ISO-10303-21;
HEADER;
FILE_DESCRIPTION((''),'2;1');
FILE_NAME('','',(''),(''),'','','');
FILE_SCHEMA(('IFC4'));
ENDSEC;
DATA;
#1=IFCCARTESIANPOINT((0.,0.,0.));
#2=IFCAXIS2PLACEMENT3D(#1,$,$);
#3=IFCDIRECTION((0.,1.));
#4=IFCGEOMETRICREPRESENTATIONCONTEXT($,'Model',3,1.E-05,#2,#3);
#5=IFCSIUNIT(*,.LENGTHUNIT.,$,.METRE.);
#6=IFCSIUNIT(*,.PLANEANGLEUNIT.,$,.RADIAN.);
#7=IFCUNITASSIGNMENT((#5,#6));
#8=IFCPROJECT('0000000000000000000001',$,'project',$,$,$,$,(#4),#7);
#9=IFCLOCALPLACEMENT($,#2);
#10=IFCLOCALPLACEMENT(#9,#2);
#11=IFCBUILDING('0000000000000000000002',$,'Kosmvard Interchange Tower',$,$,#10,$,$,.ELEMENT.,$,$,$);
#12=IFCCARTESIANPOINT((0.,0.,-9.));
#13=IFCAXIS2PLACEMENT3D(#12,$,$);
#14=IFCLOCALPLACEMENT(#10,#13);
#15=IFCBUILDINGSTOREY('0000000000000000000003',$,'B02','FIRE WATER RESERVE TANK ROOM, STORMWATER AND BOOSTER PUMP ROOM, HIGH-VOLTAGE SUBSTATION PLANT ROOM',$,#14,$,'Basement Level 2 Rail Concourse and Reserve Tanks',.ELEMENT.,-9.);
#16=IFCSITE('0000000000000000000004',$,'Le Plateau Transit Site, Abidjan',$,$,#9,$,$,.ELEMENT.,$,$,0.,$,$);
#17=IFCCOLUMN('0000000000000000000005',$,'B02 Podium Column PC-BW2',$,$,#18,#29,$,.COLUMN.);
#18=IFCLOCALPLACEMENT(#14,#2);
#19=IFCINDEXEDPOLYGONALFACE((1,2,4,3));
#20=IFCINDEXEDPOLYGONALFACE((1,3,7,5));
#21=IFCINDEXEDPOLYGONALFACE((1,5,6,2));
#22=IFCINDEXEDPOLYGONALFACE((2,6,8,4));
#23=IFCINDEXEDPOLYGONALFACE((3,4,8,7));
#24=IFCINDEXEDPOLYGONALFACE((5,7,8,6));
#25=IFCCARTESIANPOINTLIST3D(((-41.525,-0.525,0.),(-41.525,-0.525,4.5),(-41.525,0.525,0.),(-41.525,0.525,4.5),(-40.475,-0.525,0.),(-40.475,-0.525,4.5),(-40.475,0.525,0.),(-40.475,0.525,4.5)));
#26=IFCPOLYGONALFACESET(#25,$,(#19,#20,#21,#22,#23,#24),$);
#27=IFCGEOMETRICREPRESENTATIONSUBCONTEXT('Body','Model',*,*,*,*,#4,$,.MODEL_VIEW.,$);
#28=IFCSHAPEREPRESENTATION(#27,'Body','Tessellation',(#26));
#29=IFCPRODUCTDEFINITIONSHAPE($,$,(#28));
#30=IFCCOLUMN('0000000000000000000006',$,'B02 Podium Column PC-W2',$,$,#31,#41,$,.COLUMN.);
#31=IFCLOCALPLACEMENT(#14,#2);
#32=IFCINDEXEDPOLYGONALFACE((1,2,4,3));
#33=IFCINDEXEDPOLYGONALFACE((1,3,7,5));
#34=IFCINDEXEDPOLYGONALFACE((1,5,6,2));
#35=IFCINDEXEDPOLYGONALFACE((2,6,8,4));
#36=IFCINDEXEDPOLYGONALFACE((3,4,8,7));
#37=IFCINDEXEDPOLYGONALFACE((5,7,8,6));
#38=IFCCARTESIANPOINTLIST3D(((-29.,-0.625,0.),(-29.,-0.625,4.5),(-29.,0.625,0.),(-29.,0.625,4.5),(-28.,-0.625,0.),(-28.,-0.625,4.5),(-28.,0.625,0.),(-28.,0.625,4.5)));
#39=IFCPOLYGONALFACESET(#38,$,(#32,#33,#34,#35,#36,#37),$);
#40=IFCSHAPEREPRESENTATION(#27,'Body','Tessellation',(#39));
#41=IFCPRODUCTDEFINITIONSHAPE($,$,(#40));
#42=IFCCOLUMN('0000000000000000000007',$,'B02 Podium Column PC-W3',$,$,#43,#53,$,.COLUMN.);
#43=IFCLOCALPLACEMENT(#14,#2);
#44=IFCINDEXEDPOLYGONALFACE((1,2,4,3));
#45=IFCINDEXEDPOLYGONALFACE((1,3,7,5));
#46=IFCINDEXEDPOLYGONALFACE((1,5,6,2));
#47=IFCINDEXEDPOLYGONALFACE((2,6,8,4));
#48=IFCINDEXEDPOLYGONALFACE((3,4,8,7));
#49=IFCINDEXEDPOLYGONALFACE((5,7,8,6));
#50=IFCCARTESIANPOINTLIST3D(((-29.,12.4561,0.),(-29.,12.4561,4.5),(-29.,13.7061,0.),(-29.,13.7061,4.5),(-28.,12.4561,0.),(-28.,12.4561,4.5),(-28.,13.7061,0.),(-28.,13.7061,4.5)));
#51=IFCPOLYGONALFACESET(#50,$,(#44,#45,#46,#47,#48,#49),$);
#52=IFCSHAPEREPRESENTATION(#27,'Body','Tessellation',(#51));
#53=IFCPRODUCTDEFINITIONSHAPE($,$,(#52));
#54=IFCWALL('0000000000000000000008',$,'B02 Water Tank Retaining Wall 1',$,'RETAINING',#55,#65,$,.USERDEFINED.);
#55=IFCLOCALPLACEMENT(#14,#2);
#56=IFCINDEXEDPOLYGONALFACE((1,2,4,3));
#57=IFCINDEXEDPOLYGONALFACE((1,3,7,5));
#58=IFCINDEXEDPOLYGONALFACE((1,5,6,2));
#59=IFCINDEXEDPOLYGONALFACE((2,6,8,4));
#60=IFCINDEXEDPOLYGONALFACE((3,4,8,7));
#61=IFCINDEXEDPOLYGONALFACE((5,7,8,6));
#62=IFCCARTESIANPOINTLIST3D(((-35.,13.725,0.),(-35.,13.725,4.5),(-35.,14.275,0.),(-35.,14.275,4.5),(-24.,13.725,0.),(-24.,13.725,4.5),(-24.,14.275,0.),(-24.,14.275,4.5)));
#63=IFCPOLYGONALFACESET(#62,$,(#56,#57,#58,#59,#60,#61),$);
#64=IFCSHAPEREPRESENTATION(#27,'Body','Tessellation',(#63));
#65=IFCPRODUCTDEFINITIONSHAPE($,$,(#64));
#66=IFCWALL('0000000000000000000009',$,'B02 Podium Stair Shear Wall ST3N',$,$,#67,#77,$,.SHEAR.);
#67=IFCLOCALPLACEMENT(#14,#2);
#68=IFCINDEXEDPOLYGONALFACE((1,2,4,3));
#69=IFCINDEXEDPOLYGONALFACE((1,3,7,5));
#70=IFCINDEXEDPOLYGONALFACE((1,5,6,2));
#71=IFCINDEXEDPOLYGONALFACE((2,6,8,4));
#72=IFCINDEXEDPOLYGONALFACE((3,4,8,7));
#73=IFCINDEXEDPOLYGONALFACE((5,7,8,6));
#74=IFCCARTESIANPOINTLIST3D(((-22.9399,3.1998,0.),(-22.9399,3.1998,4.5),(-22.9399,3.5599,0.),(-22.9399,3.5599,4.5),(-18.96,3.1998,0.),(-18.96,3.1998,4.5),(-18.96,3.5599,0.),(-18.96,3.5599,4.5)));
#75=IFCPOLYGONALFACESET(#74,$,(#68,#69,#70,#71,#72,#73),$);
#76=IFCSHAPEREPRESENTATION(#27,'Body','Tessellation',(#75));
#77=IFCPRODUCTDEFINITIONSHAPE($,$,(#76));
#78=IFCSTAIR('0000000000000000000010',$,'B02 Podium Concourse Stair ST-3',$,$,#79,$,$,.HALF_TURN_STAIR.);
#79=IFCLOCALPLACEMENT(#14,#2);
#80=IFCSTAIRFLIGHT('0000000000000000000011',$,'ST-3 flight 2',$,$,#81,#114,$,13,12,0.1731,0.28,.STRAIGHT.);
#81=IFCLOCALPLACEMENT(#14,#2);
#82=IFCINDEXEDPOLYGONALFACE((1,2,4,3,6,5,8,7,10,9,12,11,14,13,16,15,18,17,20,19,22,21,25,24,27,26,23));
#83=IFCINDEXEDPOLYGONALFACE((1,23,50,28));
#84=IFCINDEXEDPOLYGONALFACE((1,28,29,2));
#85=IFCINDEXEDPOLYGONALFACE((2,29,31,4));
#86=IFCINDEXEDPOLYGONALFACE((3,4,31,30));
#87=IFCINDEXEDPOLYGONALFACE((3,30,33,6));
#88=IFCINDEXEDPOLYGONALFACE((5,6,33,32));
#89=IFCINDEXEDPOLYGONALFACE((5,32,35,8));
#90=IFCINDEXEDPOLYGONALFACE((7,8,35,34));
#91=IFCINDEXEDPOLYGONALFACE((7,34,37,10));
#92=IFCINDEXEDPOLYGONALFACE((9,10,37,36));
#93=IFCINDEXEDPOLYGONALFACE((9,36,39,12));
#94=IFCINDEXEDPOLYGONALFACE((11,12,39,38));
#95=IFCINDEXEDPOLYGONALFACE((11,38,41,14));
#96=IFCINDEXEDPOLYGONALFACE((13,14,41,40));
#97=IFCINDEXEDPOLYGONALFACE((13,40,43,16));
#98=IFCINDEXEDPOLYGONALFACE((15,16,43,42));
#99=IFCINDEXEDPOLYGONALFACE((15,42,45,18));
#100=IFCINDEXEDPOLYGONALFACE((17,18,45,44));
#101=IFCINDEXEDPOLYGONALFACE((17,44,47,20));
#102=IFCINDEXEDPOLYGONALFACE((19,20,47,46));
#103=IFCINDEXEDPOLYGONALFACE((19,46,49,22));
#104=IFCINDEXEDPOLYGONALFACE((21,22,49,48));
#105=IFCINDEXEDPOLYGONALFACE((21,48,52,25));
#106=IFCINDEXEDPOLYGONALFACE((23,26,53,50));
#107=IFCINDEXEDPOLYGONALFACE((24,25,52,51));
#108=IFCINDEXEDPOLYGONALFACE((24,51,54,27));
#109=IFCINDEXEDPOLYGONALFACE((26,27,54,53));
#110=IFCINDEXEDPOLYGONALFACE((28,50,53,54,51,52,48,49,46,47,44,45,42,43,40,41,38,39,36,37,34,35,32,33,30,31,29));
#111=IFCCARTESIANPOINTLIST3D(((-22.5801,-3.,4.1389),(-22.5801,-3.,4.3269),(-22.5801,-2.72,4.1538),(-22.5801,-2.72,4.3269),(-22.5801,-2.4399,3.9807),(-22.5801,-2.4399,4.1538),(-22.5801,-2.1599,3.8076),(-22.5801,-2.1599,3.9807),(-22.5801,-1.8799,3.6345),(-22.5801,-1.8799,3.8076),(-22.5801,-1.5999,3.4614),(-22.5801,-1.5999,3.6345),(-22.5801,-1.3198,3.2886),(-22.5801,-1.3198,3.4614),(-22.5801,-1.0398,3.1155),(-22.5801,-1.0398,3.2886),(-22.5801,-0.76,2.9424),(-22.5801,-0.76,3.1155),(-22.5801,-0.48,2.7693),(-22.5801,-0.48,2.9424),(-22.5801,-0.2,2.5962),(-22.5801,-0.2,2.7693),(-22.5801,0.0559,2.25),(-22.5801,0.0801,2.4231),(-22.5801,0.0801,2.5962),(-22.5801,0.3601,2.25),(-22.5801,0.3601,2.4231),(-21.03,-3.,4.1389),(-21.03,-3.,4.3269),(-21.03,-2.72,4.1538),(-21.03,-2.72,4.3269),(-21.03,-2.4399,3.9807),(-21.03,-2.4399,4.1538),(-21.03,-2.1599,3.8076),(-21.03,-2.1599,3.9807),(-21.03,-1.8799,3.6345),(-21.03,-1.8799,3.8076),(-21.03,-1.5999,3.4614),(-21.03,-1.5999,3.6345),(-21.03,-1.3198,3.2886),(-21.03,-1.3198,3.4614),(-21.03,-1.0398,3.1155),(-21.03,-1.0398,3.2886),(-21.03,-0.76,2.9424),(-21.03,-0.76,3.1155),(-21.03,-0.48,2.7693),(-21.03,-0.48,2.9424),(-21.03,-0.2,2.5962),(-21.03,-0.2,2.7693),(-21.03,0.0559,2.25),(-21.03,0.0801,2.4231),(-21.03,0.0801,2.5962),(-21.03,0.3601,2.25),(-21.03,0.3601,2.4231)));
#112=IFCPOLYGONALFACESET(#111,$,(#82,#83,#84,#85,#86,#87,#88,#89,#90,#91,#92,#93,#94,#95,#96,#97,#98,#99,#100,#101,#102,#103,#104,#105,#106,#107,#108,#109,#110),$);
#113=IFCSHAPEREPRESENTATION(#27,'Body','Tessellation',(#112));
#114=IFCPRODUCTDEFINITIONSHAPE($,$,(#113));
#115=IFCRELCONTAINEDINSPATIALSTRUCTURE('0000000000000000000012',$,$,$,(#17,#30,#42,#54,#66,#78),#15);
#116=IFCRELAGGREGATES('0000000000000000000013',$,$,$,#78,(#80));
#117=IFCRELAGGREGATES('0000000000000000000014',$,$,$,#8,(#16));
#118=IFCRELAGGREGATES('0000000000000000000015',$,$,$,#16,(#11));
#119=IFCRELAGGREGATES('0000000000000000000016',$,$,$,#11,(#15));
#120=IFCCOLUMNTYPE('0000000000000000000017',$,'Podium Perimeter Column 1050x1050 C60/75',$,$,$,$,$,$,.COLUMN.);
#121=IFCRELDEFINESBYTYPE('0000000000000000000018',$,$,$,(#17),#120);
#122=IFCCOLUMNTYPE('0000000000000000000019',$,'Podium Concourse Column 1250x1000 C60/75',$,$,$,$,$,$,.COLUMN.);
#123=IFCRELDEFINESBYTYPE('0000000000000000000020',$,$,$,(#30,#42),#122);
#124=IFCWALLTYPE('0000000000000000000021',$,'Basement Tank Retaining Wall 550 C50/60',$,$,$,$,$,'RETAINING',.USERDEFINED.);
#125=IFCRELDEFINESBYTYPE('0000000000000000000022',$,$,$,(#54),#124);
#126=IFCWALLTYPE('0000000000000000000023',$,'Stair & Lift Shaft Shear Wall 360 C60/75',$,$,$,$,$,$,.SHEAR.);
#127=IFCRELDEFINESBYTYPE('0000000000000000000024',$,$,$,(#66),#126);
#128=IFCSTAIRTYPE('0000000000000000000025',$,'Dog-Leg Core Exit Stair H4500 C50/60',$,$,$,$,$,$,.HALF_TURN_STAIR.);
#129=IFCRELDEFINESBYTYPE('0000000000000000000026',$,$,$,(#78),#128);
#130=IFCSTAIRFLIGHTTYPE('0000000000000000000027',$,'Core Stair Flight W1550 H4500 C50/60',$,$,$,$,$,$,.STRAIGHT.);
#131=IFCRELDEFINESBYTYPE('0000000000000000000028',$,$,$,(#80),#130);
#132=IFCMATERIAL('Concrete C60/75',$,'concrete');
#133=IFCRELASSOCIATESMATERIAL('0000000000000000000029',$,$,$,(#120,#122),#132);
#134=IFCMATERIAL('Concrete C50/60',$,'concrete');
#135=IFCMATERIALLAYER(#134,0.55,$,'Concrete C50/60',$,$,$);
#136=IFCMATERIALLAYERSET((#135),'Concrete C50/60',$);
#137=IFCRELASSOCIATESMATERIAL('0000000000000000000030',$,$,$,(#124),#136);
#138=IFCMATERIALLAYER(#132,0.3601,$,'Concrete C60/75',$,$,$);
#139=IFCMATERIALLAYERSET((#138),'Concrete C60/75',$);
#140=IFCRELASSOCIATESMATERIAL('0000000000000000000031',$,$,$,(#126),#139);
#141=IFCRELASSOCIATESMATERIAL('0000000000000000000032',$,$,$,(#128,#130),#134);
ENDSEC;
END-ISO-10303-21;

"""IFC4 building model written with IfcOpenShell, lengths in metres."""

from ifc_helpers import new_model, si_unit, direction, frame, frame_2d, origin, origin_2d, place, context, subcontext, project, spatial, polyline, rectangle, outline, extrude, source, transform, mapped, material, layer, layer_set, material_profile, profile_set, type_object, element, aggregate, save


model = new_model("IFC4")

# Units and contexts
model_context = context("Model", 3, precision=1e-05, world=origin(), true_north=direction((0.0, 1.0)))
body_context = subcontext(model_context, "Body", "Model", "MODEL_VIEW")
ifc_project = project(units=[si_unit("LENGTHUNIT", "METRE"), si_unit("PLANEANGLEUNIT", "RADIAN")], contexts=[model_context])

# Site, building, storey
site_placement = place(None, origin())
site = spatial("IfcSite", under=ifc_project, at=site_placement, Name="Le Plateau Transit Site, Abidjan", CompositionType="ELEMENT", RefElevation=0.0)
building_placement = place(site_placement, origin())
building = spatial("IfcBuilding", under=site, at=building_placement, Name="Kosmvard Interchange Tower", CompositionType="ELEMENT")
storey_placement = place(building_placement, frame((0.0, 0.0, -9.0)))
storey = spatial("IfcBuildingStorey", under=building, at=storey_placement, Name="B02", Description="FIRE WATER RESERVE TANK ROOM, STORMWATER AND BOOSTER PUMP ROOM, HIGH-VOLTAGE SUBSTATION PLANT ROOM", LongName="Basement Level 2 Rail Concourse and Reserve Tanks", CompositionType="ELEMENT", Elevation=-9.0)

# Shared definitions
ifc_material_1 = material(Name="Concrete C50/60", Category="concrete")

# Columns
ifc_material_2 = material(Name="Concrete C60/75", Category="concrete")
ifc_material_profile_1 = material_profile(ifc_material_2, rectangle(XDim=1.05, YDim=1.05, at=origin_2d()), Name="PC 1050x1050")
ifc_profile_set_1 = profile_set([ifc_material_profile_1], Name="Concrete C60/75")
column_type_1 = type_object("IfcColumnType", Name="Podium Perimeter Column 1050x1050 C60/75", PredefinedType="COLUMN", material=ifc_profile_set_1)
shared_shape_1 = source(origin(), body_context, "Body", "SweptSolid", [
    extrude(rectangle(XDim=1.05, YDim=1.05, at=origin_2d()), origin(), (0.0, 0.0, 1.0), 4.5),
])
for number, where, z_axis, x_axis, name in (
    (1, (-41.0, 0.0, 0.0), (0.0, 0.0, 1.0), (1.0, 0.0, 0.0), "B02 Podium Column PC-BW2"),
):
    element("IfcColumn", number, at=place(storey_placement, frame(where, z_axis=z_axis, x_axis=x_axis)), inside=storey, type_object=column_type_1, Name=name, PredefinedType="COLUMN", context=body_context, shape_type="MappedRepresentation", body=[
        mapped(shared_shape_1, transform((0.0, 0.0, 0.0), scale=1.0)),
    ])
ifc_material_profile_2 = material_profile(ifc_material_2, rectangle(XDim=1.0, YDim=1.25, at=origin_2d()), Name="PC 1250x1000")
ifc_profile_set_2 = profile_set([ifc_material_profile_2], Name="Concrete C60/75")
column_type_2 = type_object("IfcColumnType", Name="Podium Concourse Column 1250x1000 C60/75", PredefinedType="COLUMN", material=ifc_profile_set_2)
shared_shape_2 = source(origin(), body_context, "Body", "SweptSolid", [
    extrude(rectangle(XDim=1.0, YDim=1.25, at=origin_2d()), origin(), (0.0, 0.0, 1.0), 4.5),
])
for number, where, z_axis, x_axis, name in (
    (2, (-28.5, 0.0, 0.0), (0.0, 0.0, 1.0), (1.0, 0.0, 0.0), "B02 Podium Column PC-W2"),
    (3, (-28.5, 13.0811, 0.0), (0.0, 0.0, 1.0), (1.0, 0.0, 0.0), "B02 Podium Column PC-W3"),
):
    element("IfcColumn", number, at=place(storey_placement, frame(where, z_axis=z_axis, x_axis=x_axis)), inside=storey, type_object=column_type_2, Name=name, PredefinedType="COLUMN", context=body_context, shape_type="MappedRepresentation", body=[
        mapped(shared_shape_2, transform((0.0, 0.0, 0.0), scale=1.0)),
    ])

# Walls
ifc_layer_1 = layer(ifc_material_1, 0.55, Name="Concrete C50/60")
ifc_layer_set_1 = layer_set([ifc_layer_1], Name="Concrete C50/60")
wall_type_1 = type_object("IfcWallType", Name="Basement Tank Retaining Wall 550 C50/60", ElementType="RETAINING", PredefinedType="USERDEFINED", material=ifc_layer_set_1)
wall_1_placement = place(storey_placement, frame((-35.0, 14.0, 0.0), z_axis=(0.0, 0.0, 1.0), x_axis=(1.0, 0.0, 0.0)))
element("IfcWall", 4, at=wall_1_placement, inside=storey, type_object=wall_type_1, Name="B02 Water Tank Retaining Wall 1", ObjectType="RETAINING", PredefinedType="USERDEFINED", context=body_context, shape_type="SweptSolid", body=[
    extrude(rectangle(XDim=11.0, YDim=0.55, at=frame_2d((5.5, 0.0))), origin(), (0.0, 0.0, 1.0), 4.5),
])
ifc_layer_2 = layer(ifc_material_2, 0.3601, Name="Concrete C60/75")
ifc_layer_set_2 = layer_set([ifc_layer_2], Name="Concrete C60/75")
wall_type_2 = type_object("IfcWallType", Name="Stair & Lift Shaft Shear Wall 360 C60/75", PredefinedType="SHEAR", material=ifc_layer_set_2)
wall_2_placement = place(storey_placement, frame((-22.9399, 3.3799, 0.0), z_axis=(0.0, 0.0, 1.0), x_axis=(1.0, 0.0, 0.0)))
element("IfcWall", 5, at=wall_2_placement, inside=storey, type_object=wall_type_2, Name="B02 Podium Stair Shear Wall ST3N", PredefinedType="SHEAR", context=body_context, shape_type="SweptSolid", body=[
    extrude(rectangle(XDim=3.98, YDim=0.3601, at=frame_2d((1.99, 0.0))), origin(), (0.0, 0.0, 1.0), 4.5),
])

# Stair, stair flight
stair_type = type_object("IfcStairType", Name="Dog-Leg Core Exit Stair H4500 C50/60", PredefinedType="HALF_TURN_STAIR", material=ifc_material_1)
stair_placement = place(storey_placement, origin())
stair = element("IfcStair", 6, at=stair_placement, inside=storey, type_object=stair_type, Name="B02 Podium Concourse Stair ST-3", PredefinedType="HALF_TURN_STAIR")
stair_flight_type = type_object("IfcStairFlightType", Name="Core Stair Flight W1550 H4500 C50/60", PredefinedType="STRAIGHT", material=ifc_material_1)
shared_shape_3 = source(origin(), body_context, "Body", "SweptSolid", [
    extrude(outline(polyline([(0.0, 0.0), (0.0, 0.1731), (0.28, 0.1731), (0.28, 0.3462), (0.5601, 0.3462), (0.5601, 0.5193), (0.8401, 0.5193), (0.8401, 0.6924), (1.1201, 0.6924), (1.1201, 0.8655), (1.3999, 0.8655), (1.3999, 1.0386), (1.6799, 1.0386), (1.6799, 1.2114), (1.96, 1.2114), (1.96, 1.3845), (2.24, 1.3845), (2.24, 1.5576), (2.52, 1.5576), (2.52, 1.7307), (2.8, 1.7307), (2.8, 1.9038), (3.0801, 1.9038), (3.0801, 2.0769), (3.3601, 2.0769), (3.3601, 2.25), (3.3601, 1.8889), (0.3042, 0.0), (0.0, 0.0)])), frame((0.0, 0.7749, 0.0), z_axis=(0.0, -1.0, 0.0), x_axis=(1.0, 0.0, 0.0)), (0.0, 0.0, 1.0), 1.55),
])
stair_flight_placement = place(storey_placement, frame((-21.8049, 0.3601, 2.25), z_axis=(0.0, 0.0, 1.0), x_axis=(0.0, -1.0, 0.0)))
stair_flight = element("IfcStairFlight", 7, at=stair_flight_placement, type_object=stair_flight_type, Name="ST-3 flight 2", NumberOfRisers=13, NumberOfTreads=12, PredefinedType="STRAIGHT", RiserHeight=0.1731, TreadLength=0.28, context=body_context, shape_type="MappedRepresentation", body=[
    mapped(shared_shape_3, transform((0.0, 0.0, 0.0), scale=1.0)),
])
aggregate(stair, [stair_flight])

save(model, "model.ifc")
